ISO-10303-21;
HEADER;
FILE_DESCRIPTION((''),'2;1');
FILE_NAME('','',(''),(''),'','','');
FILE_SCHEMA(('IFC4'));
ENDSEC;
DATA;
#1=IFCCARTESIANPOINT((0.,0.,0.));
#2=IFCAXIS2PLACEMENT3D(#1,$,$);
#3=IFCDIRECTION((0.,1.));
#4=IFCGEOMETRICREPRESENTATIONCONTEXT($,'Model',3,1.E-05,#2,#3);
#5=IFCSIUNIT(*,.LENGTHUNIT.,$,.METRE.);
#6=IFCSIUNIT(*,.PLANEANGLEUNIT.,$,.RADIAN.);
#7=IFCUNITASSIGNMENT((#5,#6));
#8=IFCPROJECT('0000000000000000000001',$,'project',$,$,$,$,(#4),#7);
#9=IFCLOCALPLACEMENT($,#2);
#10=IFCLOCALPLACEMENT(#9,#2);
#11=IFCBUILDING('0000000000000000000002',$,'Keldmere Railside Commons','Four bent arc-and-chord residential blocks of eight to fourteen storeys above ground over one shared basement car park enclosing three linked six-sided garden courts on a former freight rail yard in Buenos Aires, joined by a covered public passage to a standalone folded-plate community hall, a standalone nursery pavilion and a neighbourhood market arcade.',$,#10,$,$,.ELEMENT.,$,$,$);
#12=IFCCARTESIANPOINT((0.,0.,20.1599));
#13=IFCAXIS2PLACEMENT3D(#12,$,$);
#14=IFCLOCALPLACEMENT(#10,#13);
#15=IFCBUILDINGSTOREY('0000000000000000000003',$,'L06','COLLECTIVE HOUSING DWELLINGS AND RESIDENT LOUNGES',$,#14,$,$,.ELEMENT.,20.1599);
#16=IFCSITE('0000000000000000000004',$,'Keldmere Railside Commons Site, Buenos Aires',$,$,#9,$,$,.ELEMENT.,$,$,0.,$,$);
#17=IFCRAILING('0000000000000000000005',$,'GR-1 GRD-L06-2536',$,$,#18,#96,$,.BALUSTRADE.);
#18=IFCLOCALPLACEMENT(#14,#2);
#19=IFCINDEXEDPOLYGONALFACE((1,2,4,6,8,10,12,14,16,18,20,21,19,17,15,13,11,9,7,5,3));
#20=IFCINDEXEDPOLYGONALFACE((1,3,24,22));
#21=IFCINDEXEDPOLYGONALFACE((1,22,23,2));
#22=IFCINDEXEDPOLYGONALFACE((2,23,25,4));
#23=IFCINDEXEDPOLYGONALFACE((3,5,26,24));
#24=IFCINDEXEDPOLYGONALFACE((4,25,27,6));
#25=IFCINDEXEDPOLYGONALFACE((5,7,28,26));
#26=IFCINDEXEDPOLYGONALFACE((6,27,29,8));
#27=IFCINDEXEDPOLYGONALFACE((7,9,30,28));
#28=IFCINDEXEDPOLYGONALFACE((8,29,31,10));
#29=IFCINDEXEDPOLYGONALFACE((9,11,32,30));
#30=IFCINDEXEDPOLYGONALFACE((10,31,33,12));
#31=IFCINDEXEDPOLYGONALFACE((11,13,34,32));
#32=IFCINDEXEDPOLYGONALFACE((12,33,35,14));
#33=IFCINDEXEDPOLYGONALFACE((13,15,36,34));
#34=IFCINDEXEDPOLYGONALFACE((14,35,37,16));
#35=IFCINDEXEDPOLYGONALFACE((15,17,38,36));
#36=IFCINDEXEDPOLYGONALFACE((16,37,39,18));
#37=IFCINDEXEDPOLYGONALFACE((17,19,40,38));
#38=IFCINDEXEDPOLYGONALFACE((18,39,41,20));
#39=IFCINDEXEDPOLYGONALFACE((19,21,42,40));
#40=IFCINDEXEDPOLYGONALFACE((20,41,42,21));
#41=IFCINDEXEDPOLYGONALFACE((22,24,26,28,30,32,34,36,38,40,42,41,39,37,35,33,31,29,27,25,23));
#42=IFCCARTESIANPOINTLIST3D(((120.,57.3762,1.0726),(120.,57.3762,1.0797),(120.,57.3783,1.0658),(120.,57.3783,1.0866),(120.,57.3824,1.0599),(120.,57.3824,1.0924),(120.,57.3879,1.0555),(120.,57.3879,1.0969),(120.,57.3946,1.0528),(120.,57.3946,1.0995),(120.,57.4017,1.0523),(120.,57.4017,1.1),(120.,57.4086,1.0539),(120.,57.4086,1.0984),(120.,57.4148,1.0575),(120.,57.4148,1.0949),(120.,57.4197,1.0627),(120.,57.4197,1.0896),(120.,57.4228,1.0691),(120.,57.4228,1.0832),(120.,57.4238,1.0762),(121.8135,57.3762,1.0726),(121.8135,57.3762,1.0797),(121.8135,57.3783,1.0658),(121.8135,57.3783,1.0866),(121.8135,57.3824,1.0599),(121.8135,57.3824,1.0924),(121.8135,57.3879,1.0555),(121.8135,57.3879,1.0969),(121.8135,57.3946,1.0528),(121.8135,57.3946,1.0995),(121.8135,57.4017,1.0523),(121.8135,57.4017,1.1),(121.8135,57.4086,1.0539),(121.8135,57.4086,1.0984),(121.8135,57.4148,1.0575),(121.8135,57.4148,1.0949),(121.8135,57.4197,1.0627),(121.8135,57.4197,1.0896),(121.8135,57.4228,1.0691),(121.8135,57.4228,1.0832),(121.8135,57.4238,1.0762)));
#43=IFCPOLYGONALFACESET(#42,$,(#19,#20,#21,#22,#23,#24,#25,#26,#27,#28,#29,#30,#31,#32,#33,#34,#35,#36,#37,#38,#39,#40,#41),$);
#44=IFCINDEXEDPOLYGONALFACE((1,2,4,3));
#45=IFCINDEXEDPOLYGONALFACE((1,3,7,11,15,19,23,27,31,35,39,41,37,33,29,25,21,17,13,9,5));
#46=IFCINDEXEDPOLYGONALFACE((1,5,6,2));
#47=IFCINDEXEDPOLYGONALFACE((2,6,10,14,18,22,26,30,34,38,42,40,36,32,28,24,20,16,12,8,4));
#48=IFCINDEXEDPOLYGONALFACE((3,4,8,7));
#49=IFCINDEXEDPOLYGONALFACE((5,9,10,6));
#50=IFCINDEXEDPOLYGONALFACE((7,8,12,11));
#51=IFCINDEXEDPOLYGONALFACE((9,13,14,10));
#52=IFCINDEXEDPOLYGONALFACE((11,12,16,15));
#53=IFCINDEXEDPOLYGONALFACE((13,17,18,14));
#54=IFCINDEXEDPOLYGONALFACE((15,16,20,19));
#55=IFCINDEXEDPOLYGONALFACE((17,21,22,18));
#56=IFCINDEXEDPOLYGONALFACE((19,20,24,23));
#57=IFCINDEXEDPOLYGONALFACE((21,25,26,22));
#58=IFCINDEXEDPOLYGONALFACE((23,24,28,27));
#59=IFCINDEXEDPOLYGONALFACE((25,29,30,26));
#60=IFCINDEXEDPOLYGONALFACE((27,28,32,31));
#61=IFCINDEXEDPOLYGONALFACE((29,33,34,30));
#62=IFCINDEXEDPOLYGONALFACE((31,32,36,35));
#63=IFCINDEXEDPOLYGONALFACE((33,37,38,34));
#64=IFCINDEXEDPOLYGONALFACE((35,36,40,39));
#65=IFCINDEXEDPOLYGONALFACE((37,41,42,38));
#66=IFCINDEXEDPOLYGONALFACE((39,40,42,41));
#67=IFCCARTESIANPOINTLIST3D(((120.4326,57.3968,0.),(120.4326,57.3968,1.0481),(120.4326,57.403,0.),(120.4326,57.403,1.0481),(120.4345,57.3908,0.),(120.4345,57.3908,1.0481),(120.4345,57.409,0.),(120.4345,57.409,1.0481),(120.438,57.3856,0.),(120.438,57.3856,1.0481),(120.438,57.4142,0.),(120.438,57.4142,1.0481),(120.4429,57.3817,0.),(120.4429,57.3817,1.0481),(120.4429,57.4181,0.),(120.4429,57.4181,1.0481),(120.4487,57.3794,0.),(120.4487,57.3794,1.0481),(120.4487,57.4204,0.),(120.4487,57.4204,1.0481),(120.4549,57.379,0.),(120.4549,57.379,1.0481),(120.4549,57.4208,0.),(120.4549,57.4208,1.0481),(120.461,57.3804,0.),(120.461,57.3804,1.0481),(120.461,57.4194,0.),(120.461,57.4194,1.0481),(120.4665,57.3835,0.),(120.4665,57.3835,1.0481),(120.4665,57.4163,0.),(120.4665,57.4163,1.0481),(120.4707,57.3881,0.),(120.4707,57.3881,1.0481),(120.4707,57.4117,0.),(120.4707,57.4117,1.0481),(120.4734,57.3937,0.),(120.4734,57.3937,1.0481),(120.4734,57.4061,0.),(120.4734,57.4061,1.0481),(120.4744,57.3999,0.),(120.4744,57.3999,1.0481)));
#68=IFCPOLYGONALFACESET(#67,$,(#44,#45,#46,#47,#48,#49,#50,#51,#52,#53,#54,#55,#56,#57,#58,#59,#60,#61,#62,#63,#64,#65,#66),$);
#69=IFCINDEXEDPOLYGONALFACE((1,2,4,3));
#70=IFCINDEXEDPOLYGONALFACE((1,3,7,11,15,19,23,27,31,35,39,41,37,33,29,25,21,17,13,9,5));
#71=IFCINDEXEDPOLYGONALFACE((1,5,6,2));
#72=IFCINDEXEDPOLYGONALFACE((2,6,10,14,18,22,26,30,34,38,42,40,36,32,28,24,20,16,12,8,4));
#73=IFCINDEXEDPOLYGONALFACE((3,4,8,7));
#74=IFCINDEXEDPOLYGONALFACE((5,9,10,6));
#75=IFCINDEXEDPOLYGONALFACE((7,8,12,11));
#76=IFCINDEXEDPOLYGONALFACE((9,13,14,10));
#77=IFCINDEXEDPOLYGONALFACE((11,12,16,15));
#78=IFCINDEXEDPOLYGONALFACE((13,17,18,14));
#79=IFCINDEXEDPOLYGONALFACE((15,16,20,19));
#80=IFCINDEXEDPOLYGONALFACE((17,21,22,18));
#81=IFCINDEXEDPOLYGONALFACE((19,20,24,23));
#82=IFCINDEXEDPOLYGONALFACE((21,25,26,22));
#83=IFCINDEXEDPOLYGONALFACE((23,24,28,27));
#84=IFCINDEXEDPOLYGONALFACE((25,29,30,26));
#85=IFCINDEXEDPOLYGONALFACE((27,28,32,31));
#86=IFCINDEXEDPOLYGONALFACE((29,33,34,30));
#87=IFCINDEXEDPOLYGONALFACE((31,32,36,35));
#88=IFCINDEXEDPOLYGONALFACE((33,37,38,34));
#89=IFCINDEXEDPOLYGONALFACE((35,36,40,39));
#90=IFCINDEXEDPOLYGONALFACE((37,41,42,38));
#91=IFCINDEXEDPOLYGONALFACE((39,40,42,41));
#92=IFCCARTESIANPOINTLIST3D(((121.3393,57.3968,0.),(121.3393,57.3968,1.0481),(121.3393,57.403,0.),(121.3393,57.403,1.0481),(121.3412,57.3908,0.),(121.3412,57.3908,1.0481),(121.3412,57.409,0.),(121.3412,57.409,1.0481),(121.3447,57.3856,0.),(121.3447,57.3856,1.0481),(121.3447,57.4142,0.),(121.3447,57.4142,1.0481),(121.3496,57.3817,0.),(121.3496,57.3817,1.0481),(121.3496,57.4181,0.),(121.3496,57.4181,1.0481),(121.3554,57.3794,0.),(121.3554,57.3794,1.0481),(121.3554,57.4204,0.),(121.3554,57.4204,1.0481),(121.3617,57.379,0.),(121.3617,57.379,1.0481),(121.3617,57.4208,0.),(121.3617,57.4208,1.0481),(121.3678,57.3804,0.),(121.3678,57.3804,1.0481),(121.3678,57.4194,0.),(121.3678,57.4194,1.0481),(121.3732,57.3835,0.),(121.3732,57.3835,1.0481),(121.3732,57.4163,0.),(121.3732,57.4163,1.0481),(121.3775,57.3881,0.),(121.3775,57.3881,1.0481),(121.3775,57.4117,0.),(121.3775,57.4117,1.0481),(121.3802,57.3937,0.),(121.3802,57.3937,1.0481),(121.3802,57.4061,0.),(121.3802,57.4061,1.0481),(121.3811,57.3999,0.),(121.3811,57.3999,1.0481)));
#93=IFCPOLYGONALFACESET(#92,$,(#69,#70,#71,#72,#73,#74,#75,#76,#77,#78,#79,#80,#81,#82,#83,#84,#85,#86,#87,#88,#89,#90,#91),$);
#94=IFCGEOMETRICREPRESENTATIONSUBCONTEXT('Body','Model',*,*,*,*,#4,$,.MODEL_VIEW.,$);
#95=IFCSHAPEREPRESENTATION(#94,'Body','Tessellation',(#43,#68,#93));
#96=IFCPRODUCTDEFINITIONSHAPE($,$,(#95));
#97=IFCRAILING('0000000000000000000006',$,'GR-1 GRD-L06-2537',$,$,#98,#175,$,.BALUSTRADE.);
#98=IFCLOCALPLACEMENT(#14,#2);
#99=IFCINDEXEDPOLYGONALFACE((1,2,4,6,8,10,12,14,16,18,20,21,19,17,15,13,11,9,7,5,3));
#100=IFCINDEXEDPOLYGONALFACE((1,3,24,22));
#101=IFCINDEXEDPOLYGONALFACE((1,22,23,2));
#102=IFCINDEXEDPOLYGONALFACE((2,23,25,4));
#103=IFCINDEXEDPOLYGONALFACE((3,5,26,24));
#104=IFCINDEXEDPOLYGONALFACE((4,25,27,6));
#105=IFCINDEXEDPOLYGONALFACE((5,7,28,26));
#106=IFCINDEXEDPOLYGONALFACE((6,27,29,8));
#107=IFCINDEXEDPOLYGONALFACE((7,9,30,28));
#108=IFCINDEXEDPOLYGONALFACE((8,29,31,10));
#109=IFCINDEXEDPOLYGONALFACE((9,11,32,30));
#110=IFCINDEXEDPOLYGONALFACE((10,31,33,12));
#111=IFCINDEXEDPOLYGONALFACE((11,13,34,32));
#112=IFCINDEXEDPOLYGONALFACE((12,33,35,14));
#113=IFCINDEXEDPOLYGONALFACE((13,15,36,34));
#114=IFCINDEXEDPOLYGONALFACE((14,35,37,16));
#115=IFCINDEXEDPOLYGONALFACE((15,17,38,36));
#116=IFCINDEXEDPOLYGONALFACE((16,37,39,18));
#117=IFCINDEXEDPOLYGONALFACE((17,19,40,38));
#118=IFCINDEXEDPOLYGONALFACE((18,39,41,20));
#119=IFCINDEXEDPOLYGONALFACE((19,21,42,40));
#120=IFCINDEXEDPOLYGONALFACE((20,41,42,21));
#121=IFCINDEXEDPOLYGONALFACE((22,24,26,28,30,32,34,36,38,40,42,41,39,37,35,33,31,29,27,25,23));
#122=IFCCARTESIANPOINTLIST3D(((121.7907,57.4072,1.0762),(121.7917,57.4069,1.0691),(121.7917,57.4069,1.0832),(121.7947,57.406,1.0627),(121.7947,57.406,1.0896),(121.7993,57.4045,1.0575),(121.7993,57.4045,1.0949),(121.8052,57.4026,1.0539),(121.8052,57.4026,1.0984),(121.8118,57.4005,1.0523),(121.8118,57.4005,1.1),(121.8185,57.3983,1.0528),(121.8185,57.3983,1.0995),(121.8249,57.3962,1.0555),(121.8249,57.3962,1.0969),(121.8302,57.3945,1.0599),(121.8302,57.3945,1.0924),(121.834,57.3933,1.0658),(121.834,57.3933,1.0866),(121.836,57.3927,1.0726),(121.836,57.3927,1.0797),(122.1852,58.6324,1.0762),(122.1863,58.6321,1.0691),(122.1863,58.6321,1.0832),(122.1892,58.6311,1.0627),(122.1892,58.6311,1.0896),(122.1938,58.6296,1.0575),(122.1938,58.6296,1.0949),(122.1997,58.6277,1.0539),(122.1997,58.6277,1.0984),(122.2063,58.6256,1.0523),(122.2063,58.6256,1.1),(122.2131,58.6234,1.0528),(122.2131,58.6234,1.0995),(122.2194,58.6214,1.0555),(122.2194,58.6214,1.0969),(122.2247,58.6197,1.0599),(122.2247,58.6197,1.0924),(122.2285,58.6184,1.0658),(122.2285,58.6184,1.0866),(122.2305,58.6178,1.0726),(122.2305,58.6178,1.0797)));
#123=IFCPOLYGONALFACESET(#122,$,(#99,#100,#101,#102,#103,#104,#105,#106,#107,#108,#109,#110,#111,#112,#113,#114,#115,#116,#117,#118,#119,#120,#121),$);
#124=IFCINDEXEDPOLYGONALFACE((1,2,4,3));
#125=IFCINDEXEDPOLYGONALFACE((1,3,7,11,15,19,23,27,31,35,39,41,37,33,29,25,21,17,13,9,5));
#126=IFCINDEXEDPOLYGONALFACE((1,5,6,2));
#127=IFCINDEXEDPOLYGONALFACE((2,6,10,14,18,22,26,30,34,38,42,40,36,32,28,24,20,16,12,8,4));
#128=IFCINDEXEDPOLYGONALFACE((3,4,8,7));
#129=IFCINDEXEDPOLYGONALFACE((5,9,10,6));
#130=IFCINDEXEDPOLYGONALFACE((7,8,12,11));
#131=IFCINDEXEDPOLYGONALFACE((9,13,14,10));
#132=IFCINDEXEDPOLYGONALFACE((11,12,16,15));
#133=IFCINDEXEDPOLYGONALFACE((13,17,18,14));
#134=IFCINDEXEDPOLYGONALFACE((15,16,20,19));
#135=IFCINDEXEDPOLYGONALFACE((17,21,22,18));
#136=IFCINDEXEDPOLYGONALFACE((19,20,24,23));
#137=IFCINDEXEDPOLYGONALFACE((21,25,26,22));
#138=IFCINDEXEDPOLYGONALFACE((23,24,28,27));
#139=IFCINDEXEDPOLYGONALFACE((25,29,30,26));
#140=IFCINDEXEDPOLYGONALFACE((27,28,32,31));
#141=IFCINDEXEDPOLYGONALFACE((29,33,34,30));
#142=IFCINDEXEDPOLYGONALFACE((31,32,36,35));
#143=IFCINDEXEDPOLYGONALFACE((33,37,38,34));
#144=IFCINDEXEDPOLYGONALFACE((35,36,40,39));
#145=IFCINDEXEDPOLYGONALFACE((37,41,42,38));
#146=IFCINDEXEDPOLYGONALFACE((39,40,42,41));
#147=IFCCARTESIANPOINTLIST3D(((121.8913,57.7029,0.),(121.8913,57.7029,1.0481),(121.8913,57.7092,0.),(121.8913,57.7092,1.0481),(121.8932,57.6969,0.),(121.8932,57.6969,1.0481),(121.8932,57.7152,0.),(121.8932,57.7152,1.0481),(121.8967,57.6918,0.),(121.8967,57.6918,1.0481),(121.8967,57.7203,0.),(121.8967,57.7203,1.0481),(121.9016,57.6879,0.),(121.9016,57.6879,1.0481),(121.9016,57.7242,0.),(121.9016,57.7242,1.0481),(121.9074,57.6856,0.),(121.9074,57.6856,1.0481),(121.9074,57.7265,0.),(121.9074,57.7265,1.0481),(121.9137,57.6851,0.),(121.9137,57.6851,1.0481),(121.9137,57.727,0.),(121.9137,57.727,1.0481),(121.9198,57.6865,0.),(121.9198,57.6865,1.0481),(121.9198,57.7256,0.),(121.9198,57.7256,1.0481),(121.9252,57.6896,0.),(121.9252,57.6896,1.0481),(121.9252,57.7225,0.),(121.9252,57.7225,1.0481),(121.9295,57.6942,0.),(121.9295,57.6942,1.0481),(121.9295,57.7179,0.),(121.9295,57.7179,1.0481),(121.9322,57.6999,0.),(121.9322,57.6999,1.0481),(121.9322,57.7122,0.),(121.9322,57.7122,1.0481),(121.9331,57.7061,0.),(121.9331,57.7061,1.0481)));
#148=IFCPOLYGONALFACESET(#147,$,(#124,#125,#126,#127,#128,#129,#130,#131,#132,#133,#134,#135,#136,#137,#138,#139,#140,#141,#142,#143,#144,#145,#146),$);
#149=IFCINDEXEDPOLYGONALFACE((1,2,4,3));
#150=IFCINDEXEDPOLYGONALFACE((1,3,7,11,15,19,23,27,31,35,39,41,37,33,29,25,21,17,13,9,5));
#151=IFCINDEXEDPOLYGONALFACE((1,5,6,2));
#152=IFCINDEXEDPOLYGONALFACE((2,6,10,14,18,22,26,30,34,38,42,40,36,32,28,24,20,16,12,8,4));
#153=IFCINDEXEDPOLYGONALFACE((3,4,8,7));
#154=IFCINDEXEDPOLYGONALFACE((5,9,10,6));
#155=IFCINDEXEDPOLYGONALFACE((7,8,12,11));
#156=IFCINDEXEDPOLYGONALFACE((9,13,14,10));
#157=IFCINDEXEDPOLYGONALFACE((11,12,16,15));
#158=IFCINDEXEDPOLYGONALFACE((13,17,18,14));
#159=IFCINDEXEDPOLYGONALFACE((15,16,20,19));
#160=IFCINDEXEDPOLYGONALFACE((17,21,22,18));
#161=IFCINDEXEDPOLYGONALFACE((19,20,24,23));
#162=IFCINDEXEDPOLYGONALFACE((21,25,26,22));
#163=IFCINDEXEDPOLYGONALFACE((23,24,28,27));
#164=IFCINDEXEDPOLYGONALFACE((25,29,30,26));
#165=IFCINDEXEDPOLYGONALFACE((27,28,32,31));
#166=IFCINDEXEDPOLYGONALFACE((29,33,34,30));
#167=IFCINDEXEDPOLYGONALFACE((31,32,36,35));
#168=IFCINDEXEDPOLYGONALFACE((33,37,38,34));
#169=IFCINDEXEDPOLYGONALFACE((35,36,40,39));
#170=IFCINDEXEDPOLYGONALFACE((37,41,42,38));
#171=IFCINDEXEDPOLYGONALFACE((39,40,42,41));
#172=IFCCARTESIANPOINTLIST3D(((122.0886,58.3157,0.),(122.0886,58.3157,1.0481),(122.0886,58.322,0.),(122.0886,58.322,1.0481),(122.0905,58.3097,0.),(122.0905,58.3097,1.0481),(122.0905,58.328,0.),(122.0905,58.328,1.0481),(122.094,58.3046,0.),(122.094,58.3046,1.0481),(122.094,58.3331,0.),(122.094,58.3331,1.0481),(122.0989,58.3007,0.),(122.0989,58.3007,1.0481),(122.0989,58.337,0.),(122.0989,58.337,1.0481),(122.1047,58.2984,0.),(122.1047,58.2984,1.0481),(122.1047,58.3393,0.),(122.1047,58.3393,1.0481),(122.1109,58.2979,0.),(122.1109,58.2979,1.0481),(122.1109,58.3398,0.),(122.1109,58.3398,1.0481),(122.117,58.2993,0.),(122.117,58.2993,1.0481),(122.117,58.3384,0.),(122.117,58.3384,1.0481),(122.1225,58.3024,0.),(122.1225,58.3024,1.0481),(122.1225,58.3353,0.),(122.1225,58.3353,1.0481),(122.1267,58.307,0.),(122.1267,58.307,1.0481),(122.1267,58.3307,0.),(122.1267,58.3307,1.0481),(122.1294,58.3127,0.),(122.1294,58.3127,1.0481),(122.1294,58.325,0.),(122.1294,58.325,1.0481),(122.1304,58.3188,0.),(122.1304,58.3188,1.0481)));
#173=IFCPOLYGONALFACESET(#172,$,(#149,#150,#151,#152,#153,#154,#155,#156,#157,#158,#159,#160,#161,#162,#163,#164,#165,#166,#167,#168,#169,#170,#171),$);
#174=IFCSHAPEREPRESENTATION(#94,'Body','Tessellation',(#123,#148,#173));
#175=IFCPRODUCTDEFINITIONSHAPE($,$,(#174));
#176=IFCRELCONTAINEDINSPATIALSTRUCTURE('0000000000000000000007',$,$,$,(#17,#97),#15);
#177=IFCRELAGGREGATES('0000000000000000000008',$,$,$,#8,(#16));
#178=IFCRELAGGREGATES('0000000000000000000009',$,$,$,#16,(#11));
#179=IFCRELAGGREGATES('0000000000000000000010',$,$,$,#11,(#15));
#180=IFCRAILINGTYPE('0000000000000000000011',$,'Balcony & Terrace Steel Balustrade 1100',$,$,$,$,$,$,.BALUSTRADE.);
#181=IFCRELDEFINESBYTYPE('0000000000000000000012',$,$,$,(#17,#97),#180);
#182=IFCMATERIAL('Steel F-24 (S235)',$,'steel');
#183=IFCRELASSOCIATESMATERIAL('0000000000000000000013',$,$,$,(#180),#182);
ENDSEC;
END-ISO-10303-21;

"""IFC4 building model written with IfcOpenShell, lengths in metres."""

from ifc_helpers import new_model, si_unit, direction, frame, origin, origin_2d, place, context, subcontext, project, spatial, circle, extrude, material, type_object, element, save


model = new_model("IFC4")

# Units and contexts
model_context = context("Model", 3, precision=1e-05, world=origin(), true_north=direction((0.0, 1.0)))
body_context = subcontext(model_context, "Body", "Model", "MODEL_VIEW")
ifc_project = project(units=[si_unit("LENGTHUNIT", "METRE"), si_unit("PLANEANGLEUNIT", "RADIAN")], contexts=[model_context])

# Site, building, storey
site_placement = place(None, origin())
site = spatial("IfcSite", under=ifc_project, at=site_placement, Name="Keldmere Railside Commons Site, Buenos Aires", CompositionType="ELEMENT", RefElevation=0.0)
building_placement = place(site_placement, origin())
building = spatial("IfcBuilding", under=site, at=building_placement, Name="Keldmere Railside Commons", Description="Four bent arc-and-chord residential blocks of eight to fourteen storeys above ground over one shared basement car park enclosing three linked six-sided garden courts on a former freight rail yard in Buenos Aires, joined by a covered public passage to a standalone folded-plate community hall, a standalone nursery pavilion and a neighbourhood market arcade.", CompositionType="ELEMENT")
storey_placement = place(building_placement, frame((0.0, 0.0, 20.1599)))
storey = spatial("IfcBuildingStorey", under=building, at=storey_placement, Name="L06", Description="COLLECTIVE HOUSING DWELLINGS AND RESIDENT LOUNGES", CompositionType="ELEMENT", Elevation=20.1599)

# Railings
ifc_material_1 = material(Name="Steel F-24 (S235)", Category="steel")
railing_type = type_object("IfcRailingType", Name="Balcony & Terrace Steel Balustrade 1100", PredefinedType="BALUSTRADE", material=ifc_material_1)
railing_1_placement = place(storey_placement, frame((120.0, 57.3999, 0.0)))
element("IfcRailing", 1, at=railing_1_placement, inside=storey, type_object=railing_type, Name="GR-1 GRD-L06-2536", PredefinedType="BALUSTRADE", context=body_context, shape_type="SweptSolid", body=[
    extrude(circle(Radius=0.0239, at=origin_2d()), frame((0.0, 0.0, 1.0762), z_axis=(1.0, 0.0, 0.0), x_axis=(0.0, 1.0, 0.0)), (0.0, 0.0, 1.0), 1.8135),
    extrude(circle(Radius=0.021, at=origin_2d()), frame((0.4534, 0.0, 0.0)), (0.0, 0.0, 1.0), 1.0481),
    extrude(circle(Radius=0.021, at=origin_2d()), frame((1.3601, 0.0, 0.0)), (0.0, 0.0, 1.0), 1.0481),
])
railing_2_placement = place(storey_placement, frame((121.8135, 57.3999, 0.0)))
element("IfcRailing", 2, at=railing_2_placement, inside=storey, type_object=railing_type, Name="GR-1 GRD-L06-2537", PredefinedType="BALUSTRADE", context=body_context, shape_type="SweptSolid", body=[
    extrude(circle(Radius=0.0239, at=origin_2d()), frame((0.0, 0.0, 1.0762), z_axis=(0.306537, 0.951859, 0.0), x_axis=(-0.951859, 0.306537, 0.0)), (0.0, 0.0, 1.0), 1.2871),
    extrude(circle(Radius=0.021, at=origin_2d()), frame((0.0986, 0.3062, 0.0)), (0.0, 0.0, 1.0), 1.0481),
    extrude(circle(Radius=0.021, at=origin_2d()), frame((0.2959, 0.9189, 0.0)), (0.0, 0.0, 1.0), 1.0481),
])

save(model, "model.ifc")
